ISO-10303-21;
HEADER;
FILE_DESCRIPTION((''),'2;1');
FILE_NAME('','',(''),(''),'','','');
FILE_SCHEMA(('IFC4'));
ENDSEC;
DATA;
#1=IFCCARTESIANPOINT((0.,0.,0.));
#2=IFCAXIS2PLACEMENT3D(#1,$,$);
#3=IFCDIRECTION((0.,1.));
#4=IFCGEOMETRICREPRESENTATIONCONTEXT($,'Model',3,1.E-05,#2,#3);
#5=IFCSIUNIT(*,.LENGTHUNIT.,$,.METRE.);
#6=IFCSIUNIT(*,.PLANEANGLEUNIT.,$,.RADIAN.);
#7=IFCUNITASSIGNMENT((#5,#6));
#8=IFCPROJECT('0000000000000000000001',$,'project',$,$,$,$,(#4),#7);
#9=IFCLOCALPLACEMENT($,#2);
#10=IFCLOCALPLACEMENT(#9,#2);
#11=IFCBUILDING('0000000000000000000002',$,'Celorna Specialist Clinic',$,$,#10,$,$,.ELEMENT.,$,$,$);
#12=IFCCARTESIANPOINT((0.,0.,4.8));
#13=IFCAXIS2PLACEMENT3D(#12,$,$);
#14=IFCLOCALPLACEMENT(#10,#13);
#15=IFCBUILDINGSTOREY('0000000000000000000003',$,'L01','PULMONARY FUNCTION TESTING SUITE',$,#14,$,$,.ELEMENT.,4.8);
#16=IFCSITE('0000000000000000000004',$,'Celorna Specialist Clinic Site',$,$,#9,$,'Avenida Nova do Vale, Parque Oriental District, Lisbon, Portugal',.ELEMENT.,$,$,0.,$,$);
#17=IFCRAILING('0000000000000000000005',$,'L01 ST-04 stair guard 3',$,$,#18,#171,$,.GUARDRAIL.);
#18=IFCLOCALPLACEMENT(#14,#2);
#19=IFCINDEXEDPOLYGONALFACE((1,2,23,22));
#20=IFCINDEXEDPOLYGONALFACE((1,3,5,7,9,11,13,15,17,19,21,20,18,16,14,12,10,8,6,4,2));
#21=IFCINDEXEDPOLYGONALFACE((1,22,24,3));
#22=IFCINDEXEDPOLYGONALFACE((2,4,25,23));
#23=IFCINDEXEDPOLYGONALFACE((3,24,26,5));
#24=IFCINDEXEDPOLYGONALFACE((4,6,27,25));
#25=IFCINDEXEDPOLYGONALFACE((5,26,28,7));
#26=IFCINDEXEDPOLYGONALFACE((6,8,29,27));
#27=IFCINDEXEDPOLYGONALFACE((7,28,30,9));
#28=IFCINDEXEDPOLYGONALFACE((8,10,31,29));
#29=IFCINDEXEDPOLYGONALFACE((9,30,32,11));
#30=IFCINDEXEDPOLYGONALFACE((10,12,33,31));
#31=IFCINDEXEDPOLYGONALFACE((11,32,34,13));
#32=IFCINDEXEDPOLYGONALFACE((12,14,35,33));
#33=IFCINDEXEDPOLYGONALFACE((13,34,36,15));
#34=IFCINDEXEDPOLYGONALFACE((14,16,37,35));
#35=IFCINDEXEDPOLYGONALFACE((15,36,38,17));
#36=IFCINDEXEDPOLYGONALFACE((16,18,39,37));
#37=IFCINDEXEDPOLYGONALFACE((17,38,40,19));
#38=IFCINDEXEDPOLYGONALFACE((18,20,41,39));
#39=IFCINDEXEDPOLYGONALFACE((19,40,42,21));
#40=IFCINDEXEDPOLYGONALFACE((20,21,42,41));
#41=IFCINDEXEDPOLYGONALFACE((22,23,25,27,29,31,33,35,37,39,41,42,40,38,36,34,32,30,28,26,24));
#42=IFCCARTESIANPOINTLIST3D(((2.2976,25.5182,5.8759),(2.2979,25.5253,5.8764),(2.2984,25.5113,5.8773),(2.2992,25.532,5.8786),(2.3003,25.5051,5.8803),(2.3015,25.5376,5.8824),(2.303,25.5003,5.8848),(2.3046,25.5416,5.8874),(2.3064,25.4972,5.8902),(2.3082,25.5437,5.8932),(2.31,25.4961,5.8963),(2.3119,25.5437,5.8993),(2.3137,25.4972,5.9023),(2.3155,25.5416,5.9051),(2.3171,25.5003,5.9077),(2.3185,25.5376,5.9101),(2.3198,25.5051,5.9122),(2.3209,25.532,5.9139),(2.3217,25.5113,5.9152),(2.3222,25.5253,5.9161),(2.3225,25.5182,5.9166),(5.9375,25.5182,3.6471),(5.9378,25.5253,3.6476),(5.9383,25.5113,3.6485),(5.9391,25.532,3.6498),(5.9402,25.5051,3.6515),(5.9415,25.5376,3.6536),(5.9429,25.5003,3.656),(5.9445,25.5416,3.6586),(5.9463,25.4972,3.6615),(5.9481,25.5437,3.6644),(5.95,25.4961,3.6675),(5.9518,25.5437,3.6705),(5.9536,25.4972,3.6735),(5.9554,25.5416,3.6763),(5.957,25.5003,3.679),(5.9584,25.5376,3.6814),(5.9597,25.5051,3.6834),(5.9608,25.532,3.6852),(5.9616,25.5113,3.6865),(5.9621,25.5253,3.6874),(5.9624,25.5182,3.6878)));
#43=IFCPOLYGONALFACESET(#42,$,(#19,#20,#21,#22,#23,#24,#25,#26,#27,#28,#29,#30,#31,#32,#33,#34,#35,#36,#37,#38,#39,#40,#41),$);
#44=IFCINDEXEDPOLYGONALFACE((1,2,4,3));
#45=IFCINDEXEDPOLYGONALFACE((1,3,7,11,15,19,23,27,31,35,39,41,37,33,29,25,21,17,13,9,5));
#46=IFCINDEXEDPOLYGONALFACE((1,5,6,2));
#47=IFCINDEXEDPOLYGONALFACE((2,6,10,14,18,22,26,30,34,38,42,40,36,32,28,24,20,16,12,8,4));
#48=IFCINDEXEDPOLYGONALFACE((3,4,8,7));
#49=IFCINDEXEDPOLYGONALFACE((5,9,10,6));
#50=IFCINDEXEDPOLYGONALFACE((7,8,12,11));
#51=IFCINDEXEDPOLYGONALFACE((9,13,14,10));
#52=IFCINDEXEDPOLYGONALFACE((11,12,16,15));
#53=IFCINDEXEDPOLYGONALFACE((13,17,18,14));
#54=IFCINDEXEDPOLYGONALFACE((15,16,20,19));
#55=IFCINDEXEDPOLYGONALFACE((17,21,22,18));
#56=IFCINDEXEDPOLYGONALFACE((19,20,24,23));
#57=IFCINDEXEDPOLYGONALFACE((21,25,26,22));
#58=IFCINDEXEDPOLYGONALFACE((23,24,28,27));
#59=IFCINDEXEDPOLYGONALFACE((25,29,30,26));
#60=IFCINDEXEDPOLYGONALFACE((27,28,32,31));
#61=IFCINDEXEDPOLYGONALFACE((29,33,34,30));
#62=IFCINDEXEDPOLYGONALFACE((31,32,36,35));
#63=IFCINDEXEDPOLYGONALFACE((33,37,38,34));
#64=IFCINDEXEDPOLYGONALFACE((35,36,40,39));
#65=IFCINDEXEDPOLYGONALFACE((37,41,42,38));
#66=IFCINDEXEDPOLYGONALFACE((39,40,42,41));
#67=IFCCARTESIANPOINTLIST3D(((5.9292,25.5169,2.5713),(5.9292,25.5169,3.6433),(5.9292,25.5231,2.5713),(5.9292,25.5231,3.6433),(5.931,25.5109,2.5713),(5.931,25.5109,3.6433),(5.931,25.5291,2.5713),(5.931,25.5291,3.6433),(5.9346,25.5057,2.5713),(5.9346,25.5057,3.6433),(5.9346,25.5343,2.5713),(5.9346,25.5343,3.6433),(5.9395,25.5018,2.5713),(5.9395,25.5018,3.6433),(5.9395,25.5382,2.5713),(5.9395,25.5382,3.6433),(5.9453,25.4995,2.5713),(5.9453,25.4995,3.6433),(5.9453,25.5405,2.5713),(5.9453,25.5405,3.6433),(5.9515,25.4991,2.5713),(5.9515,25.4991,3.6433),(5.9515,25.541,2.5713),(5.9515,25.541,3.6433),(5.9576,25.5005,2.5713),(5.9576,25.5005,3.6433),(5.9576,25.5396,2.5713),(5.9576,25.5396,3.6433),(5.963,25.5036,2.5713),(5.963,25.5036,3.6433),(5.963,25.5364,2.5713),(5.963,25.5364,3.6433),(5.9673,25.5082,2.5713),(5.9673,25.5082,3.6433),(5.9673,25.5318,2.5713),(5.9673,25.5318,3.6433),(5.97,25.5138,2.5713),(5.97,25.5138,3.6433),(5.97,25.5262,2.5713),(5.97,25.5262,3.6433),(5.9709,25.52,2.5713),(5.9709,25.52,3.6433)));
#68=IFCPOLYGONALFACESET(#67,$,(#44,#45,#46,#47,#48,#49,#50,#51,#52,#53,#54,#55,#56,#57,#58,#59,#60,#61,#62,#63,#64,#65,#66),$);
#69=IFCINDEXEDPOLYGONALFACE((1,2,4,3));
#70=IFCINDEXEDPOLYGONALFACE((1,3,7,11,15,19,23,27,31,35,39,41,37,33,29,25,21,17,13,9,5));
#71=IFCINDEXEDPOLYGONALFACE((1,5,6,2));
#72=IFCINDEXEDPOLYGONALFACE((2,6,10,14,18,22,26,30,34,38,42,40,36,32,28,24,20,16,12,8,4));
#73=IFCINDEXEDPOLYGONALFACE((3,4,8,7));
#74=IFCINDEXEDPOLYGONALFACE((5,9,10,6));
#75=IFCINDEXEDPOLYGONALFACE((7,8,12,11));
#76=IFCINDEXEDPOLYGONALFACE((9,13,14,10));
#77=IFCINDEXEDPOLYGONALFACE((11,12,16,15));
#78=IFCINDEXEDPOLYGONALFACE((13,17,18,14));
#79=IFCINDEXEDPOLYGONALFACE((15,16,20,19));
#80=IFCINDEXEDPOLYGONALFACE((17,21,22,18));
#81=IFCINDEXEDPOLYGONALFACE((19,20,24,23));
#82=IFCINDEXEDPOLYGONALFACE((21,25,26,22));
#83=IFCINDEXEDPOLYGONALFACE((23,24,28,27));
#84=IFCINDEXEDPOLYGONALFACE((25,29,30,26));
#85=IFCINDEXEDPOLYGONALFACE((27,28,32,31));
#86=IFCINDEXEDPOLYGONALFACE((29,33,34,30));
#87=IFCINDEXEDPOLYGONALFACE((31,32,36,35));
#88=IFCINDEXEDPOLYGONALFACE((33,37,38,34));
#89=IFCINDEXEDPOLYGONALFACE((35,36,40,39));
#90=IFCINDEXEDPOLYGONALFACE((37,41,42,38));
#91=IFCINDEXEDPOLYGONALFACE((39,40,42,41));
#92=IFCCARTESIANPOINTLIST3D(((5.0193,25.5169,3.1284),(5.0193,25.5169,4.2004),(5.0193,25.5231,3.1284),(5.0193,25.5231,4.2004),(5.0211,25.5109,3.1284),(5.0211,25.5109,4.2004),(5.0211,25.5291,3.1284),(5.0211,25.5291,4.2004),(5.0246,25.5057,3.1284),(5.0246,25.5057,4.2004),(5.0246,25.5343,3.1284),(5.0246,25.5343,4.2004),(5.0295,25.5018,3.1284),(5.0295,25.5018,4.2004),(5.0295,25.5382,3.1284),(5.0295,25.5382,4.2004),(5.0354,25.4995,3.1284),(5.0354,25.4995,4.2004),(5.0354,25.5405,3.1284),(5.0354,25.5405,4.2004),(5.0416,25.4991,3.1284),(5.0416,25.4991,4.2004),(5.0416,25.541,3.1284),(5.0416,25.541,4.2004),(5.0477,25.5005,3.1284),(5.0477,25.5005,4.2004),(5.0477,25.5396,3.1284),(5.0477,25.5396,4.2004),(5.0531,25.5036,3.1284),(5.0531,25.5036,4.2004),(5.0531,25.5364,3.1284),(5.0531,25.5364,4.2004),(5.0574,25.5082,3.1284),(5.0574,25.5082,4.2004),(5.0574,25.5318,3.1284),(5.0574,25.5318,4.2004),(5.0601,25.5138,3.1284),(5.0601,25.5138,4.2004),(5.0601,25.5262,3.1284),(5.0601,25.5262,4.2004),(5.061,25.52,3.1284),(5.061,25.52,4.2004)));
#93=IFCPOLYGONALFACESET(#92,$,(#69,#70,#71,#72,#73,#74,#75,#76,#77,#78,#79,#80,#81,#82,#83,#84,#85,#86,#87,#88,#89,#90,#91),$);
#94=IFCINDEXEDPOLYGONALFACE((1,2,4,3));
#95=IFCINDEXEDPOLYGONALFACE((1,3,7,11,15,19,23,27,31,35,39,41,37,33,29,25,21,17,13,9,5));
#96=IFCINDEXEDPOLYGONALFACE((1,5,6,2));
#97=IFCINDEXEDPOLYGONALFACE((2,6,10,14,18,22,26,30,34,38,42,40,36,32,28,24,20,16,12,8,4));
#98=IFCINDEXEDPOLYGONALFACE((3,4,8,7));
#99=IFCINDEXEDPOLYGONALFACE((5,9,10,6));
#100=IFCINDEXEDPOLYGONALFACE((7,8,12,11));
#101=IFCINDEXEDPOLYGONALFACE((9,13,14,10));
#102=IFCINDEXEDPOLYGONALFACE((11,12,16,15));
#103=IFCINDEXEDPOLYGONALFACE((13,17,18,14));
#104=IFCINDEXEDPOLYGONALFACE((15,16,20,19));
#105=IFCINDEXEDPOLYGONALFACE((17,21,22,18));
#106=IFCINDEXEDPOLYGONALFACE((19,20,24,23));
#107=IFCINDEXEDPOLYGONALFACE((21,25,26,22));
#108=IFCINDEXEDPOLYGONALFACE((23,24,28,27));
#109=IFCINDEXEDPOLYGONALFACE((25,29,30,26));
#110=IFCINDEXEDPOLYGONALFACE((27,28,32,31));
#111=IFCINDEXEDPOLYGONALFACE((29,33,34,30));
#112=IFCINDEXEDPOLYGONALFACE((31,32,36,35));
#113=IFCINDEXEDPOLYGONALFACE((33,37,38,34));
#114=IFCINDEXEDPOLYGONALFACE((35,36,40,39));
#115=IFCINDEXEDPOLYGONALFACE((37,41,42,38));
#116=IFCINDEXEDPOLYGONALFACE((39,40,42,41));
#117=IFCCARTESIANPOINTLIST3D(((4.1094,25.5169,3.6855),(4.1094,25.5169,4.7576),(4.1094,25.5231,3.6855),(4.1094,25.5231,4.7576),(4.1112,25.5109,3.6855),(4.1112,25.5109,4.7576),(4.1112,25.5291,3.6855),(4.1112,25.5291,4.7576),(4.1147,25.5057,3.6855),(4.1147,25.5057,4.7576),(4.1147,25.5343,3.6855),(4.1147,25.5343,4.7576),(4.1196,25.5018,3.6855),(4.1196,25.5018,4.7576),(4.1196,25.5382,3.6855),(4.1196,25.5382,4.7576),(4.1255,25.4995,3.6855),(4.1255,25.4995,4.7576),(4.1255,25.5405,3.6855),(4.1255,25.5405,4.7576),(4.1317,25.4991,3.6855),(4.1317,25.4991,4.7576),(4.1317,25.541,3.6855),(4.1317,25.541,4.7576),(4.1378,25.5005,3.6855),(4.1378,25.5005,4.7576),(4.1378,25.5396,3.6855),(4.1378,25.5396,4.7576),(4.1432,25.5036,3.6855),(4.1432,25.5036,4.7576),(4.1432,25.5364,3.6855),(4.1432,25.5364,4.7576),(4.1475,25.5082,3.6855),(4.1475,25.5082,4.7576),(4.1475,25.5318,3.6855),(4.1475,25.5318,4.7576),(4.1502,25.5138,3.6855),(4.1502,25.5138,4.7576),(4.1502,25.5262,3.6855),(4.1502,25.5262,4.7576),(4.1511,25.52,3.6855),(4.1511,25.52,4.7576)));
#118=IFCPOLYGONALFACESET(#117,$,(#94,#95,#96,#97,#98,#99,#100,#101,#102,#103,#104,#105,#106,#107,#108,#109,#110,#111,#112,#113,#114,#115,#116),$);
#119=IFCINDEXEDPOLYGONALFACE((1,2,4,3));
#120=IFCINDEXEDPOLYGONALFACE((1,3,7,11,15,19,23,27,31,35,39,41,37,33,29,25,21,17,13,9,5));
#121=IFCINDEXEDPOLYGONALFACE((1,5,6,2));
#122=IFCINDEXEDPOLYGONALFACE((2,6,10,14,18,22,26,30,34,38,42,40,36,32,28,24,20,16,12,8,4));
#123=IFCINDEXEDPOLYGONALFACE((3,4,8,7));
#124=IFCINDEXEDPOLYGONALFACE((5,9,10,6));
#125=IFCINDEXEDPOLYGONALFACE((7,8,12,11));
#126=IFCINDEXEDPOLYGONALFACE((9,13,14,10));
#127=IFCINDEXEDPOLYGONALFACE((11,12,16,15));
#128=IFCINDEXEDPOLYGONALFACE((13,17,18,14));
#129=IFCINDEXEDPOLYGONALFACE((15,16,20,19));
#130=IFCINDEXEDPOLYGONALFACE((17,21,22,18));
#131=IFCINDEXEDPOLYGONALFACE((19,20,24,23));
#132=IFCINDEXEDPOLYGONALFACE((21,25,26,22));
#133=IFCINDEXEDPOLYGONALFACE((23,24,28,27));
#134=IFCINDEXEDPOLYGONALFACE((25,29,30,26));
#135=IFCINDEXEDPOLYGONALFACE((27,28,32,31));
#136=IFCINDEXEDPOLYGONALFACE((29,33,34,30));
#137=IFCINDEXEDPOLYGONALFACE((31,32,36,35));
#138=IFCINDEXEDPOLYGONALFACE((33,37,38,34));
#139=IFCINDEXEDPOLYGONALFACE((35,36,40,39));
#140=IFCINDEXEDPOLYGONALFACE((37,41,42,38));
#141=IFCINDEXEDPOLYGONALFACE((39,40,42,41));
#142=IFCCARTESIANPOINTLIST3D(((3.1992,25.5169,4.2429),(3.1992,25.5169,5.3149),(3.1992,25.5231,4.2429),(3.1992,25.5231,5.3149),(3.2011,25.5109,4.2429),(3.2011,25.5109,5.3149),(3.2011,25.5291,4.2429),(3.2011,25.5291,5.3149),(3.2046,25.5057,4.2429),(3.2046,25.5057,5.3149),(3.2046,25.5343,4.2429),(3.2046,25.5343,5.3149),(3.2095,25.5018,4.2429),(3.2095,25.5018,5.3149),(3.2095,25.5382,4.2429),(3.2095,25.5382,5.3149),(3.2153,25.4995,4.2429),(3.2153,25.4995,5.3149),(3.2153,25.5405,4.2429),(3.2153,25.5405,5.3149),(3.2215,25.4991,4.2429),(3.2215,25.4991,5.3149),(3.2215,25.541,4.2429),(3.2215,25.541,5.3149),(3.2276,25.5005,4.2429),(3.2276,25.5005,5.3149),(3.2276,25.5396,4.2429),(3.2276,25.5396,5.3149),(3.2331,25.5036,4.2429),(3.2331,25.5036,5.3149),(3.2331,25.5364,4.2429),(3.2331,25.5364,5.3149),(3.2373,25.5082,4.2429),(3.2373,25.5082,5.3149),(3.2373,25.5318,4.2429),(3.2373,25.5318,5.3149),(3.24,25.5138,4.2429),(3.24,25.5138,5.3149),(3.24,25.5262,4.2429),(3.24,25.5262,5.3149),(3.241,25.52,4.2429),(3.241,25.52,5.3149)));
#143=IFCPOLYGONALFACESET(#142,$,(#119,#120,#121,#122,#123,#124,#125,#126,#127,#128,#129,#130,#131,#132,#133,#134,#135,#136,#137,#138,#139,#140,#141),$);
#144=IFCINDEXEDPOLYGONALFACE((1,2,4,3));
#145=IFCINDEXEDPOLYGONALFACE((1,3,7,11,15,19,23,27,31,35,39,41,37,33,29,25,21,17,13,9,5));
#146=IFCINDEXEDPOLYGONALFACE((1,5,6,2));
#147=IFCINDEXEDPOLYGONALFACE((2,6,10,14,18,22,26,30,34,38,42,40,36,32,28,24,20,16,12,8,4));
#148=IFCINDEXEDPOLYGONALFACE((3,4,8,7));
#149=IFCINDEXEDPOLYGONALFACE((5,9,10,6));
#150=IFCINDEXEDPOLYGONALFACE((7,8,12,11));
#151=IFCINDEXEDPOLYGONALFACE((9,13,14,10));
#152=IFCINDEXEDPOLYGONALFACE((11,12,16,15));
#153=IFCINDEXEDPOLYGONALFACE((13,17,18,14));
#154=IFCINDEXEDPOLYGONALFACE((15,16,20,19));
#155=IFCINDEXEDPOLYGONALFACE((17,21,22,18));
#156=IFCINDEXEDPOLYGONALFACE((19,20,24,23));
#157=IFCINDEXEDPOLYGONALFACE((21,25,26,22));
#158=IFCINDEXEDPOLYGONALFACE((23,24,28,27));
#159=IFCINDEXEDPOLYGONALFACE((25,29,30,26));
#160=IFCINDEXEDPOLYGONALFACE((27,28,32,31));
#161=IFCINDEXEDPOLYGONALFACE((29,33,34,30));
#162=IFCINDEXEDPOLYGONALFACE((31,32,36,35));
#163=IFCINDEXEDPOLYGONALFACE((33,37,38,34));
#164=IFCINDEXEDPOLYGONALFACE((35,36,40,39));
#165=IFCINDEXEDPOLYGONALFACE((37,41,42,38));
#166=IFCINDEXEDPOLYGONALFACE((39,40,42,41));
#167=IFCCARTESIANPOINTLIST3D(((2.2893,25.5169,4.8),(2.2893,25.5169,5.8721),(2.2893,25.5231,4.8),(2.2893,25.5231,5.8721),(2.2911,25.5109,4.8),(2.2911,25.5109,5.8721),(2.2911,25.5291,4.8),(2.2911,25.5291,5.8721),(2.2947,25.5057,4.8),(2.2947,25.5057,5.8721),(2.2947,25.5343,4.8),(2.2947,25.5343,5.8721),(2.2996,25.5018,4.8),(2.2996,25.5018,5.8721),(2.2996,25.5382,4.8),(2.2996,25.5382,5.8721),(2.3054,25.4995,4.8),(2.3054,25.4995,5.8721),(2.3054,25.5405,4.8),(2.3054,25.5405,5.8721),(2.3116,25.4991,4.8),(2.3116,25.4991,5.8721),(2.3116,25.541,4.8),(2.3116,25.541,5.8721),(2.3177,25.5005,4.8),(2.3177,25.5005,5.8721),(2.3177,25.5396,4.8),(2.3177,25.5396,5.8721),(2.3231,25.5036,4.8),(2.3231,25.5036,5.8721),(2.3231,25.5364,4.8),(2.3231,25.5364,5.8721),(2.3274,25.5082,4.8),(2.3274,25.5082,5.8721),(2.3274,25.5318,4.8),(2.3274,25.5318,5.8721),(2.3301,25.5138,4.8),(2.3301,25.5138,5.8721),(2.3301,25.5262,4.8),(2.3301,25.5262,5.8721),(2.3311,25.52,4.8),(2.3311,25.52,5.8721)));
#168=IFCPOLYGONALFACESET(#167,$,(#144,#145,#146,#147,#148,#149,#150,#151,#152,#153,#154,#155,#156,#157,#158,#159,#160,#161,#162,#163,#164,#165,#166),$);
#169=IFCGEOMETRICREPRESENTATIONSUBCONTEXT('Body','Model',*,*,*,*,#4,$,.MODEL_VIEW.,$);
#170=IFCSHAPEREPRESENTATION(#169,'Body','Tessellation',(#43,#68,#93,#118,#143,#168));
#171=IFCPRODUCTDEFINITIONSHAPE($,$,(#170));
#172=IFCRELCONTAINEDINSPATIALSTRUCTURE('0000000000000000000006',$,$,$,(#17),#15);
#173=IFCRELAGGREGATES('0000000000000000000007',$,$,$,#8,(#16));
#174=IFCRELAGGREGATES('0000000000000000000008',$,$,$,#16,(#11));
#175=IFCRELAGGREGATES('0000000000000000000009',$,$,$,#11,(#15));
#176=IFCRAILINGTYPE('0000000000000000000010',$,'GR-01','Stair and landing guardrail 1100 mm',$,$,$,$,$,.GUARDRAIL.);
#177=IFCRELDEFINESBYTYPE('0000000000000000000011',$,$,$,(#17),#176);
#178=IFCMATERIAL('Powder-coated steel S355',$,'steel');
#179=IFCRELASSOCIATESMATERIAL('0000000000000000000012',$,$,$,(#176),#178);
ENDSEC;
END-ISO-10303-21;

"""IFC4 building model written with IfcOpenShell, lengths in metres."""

from ifc_helpers import new_model, si_unit, direction, frame, origin, origin_2d, place, context, subcontext, project, spatial, circle, extrude, material, type_object, element, save


model = new_model("IFC4")

# Units and contexts
model_context = context("Model", 3, precision=1e-05, world=origin(), true_north=direction((0.0, 1.0)))
body_context = subcontext(model_context, "Body", "Model", "MODEL_VIEW")
ifc_project = project(units=[si_unit("LENGTHUNIT", "METRE"), si_unit("PLANEANGLEUNIT", "RADIAN")], contexts=[model_context])

# Site, building, storey
site_placement = place(None, origin())
site = spatial("IfcSite", under=ifc_project, at=site_placement, Name="Celorna Specialist Clinic Site", LongName="Avenida Nova do Vale, Parque Oriental District, Lisbon, Portugal", CompositionType="ELEMENT", RefElevation=0.0)
building_placement = place(site_placement, origin())
building = spatial("IfcBuilding", under=site, at=building_placement, Name="Celorna Specialist Clinic", CompositionType="ELEMENT")
storey_placement = place(building_placement, frame((0.0, 0.0, 4.8)))
storey = spatial("IfcBuildingStorey", under=building, at=storey_placement, Name="L01", Description="PULMONARY FUNCTION TESTING SUITE", CompositionType="ELEMENT", Elevation=4.8)

# Railing
ifc_material_1 = material(Name="Powder-coated steel S355", Category="steel")
railing_type_1 = type_object("IfcRailingType", Name="GR-01", Description="Stair and landing guardrail 1100 mm", PredefinedType="GUARDRAIL", material=ifc_material_1)
railing_1_placement = place(storey_placement, frame((5.95, 25.52, 2.5713)))
element("IfcRailing", 1, at=railing_1_placement, inside=storey, type_object=railing_type_1, Name="L01 ST-04 stair guard 3", PredefinedType="GUARDRAIL", context=body_context, shape_type="SweptSolid", body=[
    extrude(circle(Radius=0.0239, at=origin_2d()), frame((0.0, 0.0, 1.0962), z_axis=(-0.852825, 0.0, 0.522197), x_axis=(0.0, -1.0, 0.0)), (0.0, 0.0, 1.0), 4.2681),
    extrude(circle(Radius=0.021, at=origin_2d()), origin(), (0.0, 0.0, 1.0), 1.072),
    extrude(circle(Radius=0.021, at=origin_2d()), frame((-0.9099, 0.0, 0.5571)), (0.0, 0.0, 1.0), 1.072),
    extrude(circle(Radius=0.021, at=origin_2d()), frame((-1.8198, 0.0, 1.1143)), (0.0, 0.0, 1.0), 1.072),
    extrude(circle(Radius=0.021, at=origin_2d()), frame((-2.73, 0.0, 1.6716)), (0.0, 0.0, 1.0), 1.072),
    extrude(circle(Radius=0.021, at=origin_2d()), frame((-3.6399, 0.0, 2.2288)), (0.0, 0.0, 1.0), 1.072),
])

save(model, "model.ifc")
